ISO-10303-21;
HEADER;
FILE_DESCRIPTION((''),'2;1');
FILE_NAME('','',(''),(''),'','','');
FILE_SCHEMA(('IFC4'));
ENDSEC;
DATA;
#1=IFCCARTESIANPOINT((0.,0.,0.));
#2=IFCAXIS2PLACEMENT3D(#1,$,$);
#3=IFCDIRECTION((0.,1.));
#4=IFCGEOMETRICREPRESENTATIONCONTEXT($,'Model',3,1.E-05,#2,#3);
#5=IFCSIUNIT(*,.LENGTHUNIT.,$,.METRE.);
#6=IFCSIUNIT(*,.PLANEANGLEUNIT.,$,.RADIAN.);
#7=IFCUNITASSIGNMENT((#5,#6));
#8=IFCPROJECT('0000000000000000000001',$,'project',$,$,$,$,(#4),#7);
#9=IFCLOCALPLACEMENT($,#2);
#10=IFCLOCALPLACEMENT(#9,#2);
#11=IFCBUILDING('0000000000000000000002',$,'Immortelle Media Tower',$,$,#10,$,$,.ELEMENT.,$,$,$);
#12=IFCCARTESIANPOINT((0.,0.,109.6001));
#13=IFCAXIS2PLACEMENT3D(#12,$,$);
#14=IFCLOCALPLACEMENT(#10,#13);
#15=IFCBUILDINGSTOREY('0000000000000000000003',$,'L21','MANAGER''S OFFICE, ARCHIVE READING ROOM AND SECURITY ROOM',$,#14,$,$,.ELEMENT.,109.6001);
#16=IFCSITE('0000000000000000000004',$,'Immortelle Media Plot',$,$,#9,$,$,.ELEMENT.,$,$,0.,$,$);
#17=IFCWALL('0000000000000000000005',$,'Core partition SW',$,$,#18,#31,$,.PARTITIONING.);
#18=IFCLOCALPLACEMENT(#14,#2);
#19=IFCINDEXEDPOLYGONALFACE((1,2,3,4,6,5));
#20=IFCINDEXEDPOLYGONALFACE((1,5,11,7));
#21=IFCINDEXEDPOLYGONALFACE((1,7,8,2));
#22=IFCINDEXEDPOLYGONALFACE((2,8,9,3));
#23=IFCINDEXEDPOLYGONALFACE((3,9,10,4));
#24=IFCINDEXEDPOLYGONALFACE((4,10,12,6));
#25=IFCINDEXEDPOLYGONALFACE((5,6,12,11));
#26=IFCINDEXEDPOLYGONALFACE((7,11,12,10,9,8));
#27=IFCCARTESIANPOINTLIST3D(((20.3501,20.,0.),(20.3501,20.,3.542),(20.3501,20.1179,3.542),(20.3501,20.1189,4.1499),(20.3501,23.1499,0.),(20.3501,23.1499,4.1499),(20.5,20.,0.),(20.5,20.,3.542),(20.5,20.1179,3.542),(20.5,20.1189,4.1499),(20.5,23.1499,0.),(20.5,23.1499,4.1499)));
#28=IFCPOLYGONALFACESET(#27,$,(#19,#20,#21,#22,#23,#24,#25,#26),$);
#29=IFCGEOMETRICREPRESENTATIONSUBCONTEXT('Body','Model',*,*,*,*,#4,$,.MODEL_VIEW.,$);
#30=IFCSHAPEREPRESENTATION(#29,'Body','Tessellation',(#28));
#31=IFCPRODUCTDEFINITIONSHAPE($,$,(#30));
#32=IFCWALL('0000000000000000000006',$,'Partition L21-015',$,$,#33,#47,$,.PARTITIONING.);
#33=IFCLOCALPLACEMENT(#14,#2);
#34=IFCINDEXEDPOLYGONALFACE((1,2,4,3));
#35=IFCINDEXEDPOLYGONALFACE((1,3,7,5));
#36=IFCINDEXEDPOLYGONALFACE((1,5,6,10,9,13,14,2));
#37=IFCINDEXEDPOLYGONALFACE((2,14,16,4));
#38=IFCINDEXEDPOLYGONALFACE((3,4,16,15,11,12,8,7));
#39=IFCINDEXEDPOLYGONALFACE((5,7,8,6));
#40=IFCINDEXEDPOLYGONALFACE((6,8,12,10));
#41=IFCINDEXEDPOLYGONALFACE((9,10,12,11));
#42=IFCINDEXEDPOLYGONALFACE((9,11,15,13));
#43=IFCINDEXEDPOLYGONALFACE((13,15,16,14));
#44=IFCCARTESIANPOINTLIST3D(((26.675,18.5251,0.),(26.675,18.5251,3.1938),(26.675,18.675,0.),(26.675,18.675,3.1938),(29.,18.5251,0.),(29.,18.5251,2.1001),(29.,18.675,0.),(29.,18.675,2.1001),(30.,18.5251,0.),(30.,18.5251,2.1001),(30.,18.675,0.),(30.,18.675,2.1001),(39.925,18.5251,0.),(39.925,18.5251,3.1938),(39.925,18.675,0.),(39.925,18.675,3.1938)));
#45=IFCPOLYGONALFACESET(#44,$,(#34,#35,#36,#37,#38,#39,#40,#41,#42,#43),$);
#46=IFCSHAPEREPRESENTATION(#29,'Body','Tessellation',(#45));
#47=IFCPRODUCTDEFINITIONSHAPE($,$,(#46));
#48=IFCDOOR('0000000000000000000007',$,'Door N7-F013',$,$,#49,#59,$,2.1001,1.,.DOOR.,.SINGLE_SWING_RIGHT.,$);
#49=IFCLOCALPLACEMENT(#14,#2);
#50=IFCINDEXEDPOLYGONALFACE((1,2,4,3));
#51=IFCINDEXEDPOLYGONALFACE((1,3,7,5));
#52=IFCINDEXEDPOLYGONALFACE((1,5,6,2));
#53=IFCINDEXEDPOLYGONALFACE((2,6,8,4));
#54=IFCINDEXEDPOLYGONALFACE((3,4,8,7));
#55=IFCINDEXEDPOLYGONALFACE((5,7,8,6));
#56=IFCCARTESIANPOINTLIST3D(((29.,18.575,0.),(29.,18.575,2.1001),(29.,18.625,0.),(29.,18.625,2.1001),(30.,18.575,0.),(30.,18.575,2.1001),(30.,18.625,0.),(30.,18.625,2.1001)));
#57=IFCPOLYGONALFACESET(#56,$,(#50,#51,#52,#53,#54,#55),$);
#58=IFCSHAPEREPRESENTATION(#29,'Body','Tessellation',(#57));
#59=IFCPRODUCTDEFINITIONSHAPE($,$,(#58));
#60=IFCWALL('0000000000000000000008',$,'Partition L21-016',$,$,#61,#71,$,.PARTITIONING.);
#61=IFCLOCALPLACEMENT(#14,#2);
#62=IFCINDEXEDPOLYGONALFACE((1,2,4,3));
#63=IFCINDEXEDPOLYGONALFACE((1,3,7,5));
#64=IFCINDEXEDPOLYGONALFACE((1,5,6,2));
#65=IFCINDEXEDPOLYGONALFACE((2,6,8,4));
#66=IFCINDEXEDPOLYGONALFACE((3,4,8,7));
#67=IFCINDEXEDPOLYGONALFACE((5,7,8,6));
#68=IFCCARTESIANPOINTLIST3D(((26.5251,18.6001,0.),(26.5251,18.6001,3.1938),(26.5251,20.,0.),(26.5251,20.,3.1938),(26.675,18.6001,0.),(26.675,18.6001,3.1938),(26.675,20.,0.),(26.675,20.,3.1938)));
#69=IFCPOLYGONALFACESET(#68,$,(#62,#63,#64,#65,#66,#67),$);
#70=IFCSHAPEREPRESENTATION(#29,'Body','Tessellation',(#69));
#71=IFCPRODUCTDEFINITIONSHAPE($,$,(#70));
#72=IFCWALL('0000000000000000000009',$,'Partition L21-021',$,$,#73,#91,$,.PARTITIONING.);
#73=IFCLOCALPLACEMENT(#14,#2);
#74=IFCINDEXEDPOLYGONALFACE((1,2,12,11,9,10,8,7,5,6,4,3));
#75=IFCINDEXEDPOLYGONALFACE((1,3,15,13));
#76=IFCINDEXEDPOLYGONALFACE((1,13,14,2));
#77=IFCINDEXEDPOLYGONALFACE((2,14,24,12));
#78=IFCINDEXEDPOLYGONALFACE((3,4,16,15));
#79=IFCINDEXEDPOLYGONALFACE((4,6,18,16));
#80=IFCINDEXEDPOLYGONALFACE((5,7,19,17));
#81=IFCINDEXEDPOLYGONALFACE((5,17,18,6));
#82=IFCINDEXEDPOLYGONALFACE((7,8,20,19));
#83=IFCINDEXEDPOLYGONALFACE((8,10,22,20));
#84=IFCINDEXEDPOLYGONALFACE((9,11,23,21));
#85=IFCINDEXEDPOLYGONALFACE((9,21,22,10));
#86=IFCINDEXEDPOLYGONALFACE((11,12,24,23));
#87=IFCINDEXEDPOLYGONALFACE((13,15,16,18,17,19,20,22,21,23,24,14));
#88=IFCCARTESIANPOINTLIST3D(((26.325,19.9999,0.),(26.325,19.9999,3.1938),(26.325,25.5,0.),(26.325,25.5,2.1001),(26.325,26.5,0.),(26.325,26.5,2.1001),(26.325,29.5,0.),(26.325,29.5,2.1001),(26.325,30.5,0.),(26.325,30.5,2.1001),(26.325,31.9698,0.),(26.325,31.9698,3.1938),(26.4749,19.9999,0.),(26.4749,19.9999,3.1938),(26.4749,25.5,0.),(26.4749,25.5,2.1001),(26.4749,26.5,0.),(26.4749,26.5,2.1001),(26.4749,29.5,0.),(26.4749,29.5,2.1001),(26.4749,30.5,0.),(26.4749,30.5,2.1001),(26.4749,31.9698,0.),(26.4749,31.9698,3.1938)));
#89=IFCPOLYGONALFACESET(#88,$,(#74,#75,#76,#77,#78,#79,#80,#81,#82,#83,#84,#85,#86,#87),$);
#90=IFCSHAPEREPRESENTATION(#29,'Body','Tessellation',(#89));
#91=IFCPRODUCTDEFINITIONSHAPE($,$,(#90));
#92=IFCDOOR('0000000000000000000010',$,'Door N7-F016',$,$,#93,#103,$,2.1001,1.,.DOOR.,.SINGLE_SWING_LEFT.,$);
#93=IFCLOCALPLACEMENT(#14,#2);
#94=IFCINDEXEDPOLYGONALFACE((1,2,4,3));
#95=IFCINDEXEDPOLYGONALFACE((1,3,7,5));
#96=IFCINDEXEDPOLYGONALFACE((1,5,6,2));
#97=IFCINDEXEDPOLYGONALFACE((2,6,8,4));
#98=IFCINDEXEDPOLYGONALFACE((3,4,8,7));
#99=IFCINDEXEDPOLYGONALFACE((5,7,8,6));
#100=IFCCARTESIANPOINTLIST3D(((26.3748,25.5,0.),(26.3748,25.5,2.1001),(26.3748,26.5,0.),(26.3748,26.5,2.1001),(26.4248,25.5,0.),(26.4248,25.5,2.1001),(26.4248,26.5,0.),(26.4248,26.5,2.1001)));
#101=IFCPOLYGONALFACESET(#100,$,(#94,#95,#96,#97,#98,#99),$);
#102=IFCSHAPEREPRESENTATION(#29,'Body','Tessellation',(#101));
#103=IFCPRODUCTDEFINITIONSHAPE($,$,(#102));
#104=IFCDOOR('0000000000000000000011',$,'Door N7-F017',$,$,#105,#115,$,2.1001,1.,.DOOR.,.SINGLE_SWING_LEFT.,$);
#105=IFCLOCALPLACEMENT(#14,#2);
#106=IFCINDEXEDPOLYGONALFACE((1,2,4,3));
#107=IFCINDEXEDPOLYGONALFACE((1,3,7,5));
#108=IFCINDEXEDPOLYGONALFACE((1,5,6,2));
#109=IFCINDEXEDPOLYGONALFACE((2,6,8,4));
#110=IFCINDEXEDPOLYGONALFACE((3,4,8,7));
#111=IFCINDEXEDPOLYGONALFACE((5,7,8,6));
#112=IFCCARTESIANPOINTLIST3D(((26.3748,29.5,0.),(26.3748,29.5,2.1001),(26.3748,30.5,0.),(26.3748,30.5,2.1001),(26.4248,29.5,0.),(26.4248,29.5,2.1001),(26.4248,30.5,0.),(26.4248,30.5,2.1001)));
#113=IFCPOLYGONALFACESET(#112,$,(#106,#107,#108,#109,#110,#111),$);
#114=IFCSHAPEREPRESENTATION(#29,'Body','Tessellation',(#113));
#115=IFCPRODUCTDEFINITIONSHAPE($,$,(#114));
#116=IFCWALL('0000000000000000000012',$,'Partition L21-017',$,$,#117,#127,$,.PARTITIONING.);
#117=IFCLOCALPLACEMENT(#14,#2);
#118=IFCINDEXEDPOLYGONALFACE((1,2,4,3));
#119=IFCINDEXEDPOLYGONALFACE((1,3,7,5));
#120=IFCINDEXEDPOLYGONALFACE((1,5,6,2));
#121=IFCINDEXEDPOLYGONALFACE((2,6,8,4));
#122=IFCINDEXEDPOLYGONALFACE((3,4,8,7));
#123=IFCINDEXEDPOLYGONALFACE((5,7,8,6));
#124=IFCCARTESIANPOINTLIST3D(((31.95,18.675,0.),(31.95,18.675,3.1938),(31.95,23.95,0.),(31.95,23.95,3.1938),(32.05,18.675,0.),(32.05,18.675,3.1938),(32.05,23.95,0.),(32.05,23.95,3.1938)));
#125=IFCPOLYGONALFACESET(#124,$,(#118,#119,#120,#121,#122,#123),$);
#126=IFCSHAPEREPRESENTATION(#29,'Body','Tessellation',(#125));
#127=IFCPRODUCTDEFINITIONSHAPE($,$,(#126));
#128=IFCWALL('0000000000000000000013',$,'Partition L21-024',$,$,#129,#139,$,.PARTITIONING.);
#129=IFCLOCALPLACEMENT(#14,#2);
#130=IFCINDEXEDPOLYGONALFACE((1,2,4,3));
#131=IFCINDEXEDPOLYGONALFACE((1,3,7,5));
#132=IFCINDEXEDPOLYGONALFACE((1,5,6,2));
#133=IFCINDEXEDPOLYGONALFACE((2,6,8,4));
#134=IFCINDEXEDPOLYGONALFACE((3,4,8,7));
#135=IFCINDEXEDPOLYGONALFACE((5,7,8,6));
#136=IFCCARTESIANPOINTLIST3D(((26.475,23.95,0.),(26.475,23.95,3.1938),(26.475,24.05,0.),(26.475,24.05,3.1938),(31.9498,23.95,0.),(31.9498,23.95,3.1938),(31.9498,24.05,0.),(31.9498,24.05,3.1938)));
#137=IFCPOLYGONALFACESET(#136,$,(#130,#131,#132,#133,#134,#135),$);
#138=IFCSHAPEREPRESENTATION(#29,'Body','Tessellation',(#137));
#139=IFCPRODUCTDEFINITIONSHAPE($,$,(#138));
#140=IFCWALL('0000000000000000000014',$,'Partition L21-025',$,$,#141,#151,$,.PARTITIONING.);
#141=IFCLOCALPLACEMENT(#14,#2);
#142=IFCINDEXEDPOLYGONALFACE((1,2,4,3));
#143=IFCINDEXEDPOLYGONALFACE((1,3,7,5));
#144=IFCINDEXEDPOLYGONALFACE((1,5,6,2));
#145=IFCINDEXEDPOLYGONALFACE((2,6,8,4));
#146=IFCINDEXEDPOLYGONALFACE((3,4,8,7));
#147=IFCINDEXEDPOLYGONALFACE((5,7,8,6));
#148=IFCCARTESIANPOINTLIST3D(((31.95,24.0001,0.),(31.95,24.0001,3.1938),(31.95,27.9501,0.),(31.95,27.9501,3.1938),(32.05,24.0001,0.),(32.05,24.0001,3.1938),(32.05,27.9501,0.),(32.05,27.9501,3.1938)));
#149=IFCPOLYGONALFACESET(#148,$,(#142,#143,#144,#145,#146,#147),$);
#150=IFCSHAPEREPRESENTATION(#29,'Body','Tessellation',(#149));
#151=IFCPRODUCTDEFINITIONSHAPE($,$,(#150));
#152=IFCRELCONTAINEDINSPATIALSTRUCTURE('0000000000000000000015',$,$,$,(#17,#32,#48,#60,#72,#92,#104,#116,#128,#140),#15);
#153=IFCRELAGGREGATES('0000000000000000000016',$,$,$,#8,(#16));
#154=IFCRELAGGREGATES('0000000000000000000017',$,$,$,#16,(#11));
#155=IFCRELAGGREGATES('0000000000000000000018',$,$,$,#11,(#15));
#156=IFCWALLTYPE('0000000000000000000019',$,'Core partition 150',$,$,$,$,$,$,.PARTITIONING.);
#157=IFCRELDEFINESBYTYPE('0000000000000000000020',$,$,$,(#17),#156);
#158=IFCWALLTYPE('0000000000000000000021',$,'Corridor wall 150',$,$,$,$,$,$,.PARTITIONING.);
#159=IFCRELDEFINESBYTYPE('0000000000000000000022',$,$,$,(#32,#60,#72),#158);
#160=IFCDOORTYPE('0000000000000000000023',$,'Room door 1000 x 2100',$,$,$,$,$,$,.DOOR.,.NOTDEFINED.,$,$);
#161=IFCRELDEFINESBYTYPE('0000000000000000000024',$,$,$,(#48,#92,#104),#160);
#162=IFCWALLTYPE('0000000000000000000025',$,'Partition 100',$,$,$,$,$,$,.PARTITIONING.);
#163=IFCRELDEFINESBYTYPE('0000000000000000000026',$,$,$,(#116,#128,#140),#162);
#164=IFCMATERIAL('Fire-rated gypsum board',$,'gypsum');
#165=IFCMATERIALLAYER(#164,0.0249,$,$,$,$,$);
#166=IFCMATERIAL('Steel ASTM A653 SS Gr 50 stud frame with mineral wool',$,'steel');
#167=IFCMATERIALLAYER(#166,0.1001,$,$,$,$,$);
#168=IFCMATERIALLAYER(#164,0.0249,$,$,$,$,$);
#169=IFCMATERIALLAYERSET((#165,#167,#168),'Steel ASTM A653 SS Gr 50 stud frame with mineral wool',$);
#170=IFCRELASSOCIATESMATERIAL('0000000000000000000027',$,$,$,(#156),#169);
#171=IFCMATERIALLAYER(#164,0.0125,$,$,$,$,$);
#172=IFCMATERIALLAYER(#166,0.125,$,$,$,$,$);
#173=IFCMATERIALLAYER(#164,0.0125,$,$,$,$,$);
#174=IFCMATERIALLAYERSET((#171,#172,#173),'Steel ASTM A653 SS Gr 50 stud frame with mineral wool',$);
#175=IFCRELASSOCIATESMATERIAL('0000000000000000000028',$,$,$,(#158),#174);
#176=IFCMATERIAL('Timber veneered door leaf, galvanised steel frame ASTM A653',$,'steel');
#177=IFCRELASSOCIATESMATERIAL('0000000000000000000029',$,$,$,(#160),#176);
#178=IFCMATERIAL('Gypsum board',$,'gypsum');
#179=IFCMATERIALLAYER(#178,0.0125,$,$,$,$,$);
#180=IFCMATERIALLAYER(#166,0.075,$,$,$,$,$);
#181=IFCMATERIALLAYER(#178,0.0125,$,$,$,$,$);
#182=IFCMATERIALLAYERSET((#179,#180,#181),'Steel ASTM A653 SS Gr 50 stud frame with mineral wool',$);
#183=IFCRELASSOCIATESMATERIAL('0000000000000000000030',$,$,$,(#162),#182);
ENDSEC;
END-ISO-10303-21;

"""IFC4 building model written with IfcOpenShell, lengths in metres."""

from ifc_helpers import new_model, si_unit, direction, frame, frame_2d, origin, place, context, subcontext, project, spatial, polyline, rectangle, outline, extrude, material, layer, layer_set, type_object, element, fill, save


model = new_model("IFC4")

# Units and contexts
model_context = context("Model", 3, precision=1e-05, world=origin(), true_north=direction((0.0, 1.0)))
body_context = subcontext(model_context, "Body", "Model", "MODEL_VIEW")
ifc_project = project(units=[si_unit("LENGTHUNIT", "METRE"), si_unit("PLANEANGLEUNIT", "RADIAN")], contexts=[model_context])

# Site, building, storey
site_placement = place(None, origin())
site = spatial("IfcSite", under=ifc_project, at=site_placement, Name="Immortelle Media Plot", CompositionType="ELEMENT", RefElevation=0.0)
building_placement = place(site_placement, origin())
building = spatial("IfcBuilding", under=site, at=building_placement, Name="Immortelle Media Tower", CompositionType="ELEMENT")
storey_placement = place(building_placement, frame((0.0, 0.0, 109.6001)))
storey = spatial("IfcBuildingStorey", under=building, at=storey_placement, Name="L21", Description="MANAGER'S OFFICE, ARCHIVE READING ROOM AND SECURITY ROOM", CompositionType="ELEMENT", Elevation=109.6001)

# Wall
ifc_material_1 = material(Name="Fire-rated gypsum board", Category="gypsum")
ifc_layer_1 = layer(ifc_material_1, 0.0249)
ifc_material_2 = material(Name="Steel ASTM A653 SS Gr 50 stud frame with mineral wool", Category="steel")
ifc_layer_2 = layer(ifc_material_2, 0.1001)
ifc_layer_3 = layer(ifc_material_1, 0.0249)
ifc_layer_set_1 = layer_set([ifc_layer_1, ifc_layer_2, ifc_layer_3], Name="Steel ASTM A653 SS Gr 50 stud frame with mineral wool")
wall_type_1 = type_object("IfcWallType", Name="Core partition 150", PredefinedType="PARTITIONING", material=ifc_layer_set_1)
wall_1_placement = place(storey_placement, frame((20.425, 20.0, 0.0), z_axis=(0.0, 0.0, 1.0), x_axis=(0.0, 1.0, 0.0)))
element("IfcWall", 1, at=wall_1_placement, inside=storey, type_object=wall_type_1, Name="Core partition SW", PredefinedType="PARTITIONING", context=body_context, shape_type="SweptSolid", body=[
    extrude(outline(polyline([(0.0, 0.0), (3.1499, 0.0), (3.1499, 4.1499), (0.1189, 4.1499), (0.1179, 3.542), (0.0, 3.542), (0.0, 0.0)])), frame((0.0, 0.075, 0.0), z_axis=(0.0, -1.0, 0.0), x_axis=(1.0, 0.0, 0.0)), (0.0, 0.0, 1.0), 0.1499),
])

# Wall, opening, door
ifc_layer_4 = layer(ifc_material_1, 0.0125)
ifc_layer_5 = layer(ifc_material_2, 0.125)
ifc_layer_6 = layer(ifc_material_1, 0.0125)
ifc_layer_set_2 = layer_set([ifc_layer_4, ifc_layer_5, ifc_layer_6], Name="Steel ASTM A653 SS Gr 50 stud frame with mineral wool")
wall_type_2 = type_object("IfcWallType", Name="Corridor wall 150", PredefinedType="PARTITIONING", material=ifc_layer_set_2)
wall_2_placement = place(storey_placement, frame((26.675, 18.6001, 0.0), z_axis=(0.0, 0.0, 1.0), x_axis=(1.0, 0.0, 0.0)))
wall_2 = element("IfcWall", 2, at=wall_2_placement, inside=storey, type_object=wall_type_2, Name="Partition L21-015", PredefinedType="PARTITIONING", context=body_context, shape_type="SweptSolid", body=[
    extrude(rectangle(XDim=13.25, YDim=0.1499, at=frame_2d((6.625, 0.0))), origin(), (0.0, 0.0, 1.0), 3.1938),
])
opening_1_placement = place(wall_2_placement, frame((2.325, 0.0, 0.0)))
opening_1 = element("IfcOpeningElement", 3, at=opening_1_placement, cuts=wall_2, PredefinedType="OPENING", context=body_context, shape_type="SweptSolid", body=[
    extrude(rectangle(XDim=1.0, YDim=2.1001, at=frame_2d((0.5, 1.05))), frame((0.0, 0.085, 0.0), z_axis=(0.0, -1.0, 0.0), x_axis=(1.0, 0.0, 0.0)), (0.0, 0.0, 1.0), 0.1699),
])
ifc_material_3 = material(Name="Timber veneered door leaf, galvanised steel frame ASTM A653", Category="steel")
door_type = type_object("IfcDoorType", Name="Room door 1000 x 2100", OperationType="NOTDEFINED", PredefinedType="DOOR", material=ifc_material_3)
door_1_placement = place(opening_1_placement, origin())
door_1 = element("IfcDoor", 4, at=door_1_placement, inside=storey, type_object=door_type, Name="Door N7-F013", OperationType="SINGLE_SWING_RIGHT", OverallHeight=2.1001, OverallWidth=1.0, PredefinedType="DOOR", context=body_context, shape_type="SweptSolid", body=[
    extrude(rectangle(XDim=1.0, YDim=2.1001, at=frame_2d((0.5, 1.05))), frame((0.0, 0.0249, 0.0), z_axis=(0.0, -1.0, 0.0), x_axis=(1.0, 0.0, 0.0)), (0.0, 0.0, 1.0), 0.05),
])
fill(opening_1, door_1)

# Wall
wall_3_placement = place(storey_placement, frame((26.6001, 18.6001, 0.0), z_axis=(0.0, 0.0, 1.0), x_axis=(0.0, 1.0, 0.0)))
element("IfcWall", 5, at=wall_3_placement, inside=storey, type_object=wall_type_2, Name="Partition L21-016", PredefinedType="PARTITIONING", context=body_context, shape_type="SweptSolid", body=[
    extrude(rectangle(XDim=1.3999, YDim=0.1499, at=frame_2d((0.7, 0.0))), origin(), (0.0, 0.0, 1.0), 3.1938),
])

# Wall, openings, doors
wall_4_placement = place(storey_placement, frame((26.3999, 20.0, 0.0), z_axis=(0.0, 0.0, 1.0), x_axis=(0.0, 1.0, 0.0)))
wall_4 = element("IfcWall", 6, at=wall_4_placement, inside=storey, type_object=wall_type_2, Name="Partition L21-021", PredefinedType="PARTITIONING", context=body_context, shape_type="SweptSolid", body=[
    extrude(rectangle(XDim=11.97, YDim=0.1499, at=frame_2d((5.9849, 0.0))), origin(), (0.0, 0.0, 1.0), 3.1938),
])
opening_2_placement = place(wall_4_placement, frame((6.5, 0.0, 0.0), z_axis=(0.0, 0.0, 1.0), x_axis=(-1.0, 0.0, 0.0)))
opening_2 = element("IfcOpeningElement", 7, at=opening_2_placement, cuts=wall_4, PredefinedType="OPENING", context=body_context, shape_type="SweptSolid", body=[
    extrude(rectangle(XDim=1.0, YDim=2.1001, at=frame_2d((0.5, 1.05))), frame((0.0, 0.085, 0.0), z_axis=(0.0, -1.0, 0.0), x_axis=(1.0, 0.0, 0.0)), (0.0, 0.0, 1.0), 0.1699),
])
opening_3_placement = place(wall_4_placement, frame((10.5, 0.0, 0.0), z_axis=(0.0, 0.0, 1.0), x_axis=(-1.0, 0.0, 0.0)))
opening_3 = element("IfcOpeningElement", 8, at=opening_3_placement, cuts=wall_4, PredefinedType="OPENING", context=body_context, shape_type="SweptSolid", body=[
    extrude(rectangle(XDim=1.0, YDim=2.1001, at=frame_2d((0.5, 1.05))), frame((0.0, 0.085, 0.0), z_axis=(0.0, -1.0, 0.0), x_axis=(1.0, 0.0, 0.0)), (0.0, 0.0, 1.0), 0.1699),
])
door_2_placement = place(opening_2_placement, origin())
door_2 = element("IfcDoor", 9, at=door_2_placement, inside=storey, type_object=door_type, Name="Door N7-F016", OperationType="SINGLE_SWING_LEFT", OverallHeight=2.1001, OverallWidth=1.0, PredefinedType="DOOR", context=body_context, shape_type="SweptSolid", body=[
    extrude(rectangle(XDim=1.0, YDim=2.1001, at=frame_2d((0.5, 1.05))), frame((0.0, 0.0249, 0.0), z_axis=(0.0, -1.0, 0.0), x_axis=(1.0, 0.0, 0.0)), (0.0, 0.0, 1.0), 0.05),
])
fill(opening_2, door_2)
door_3_placement = place(opening_3_placement, origin())
door_3 = element("IfcDoor", 10, at=door_3_placement, inside=storey, type_object=door_type, Name="Door N7-F017", OperationType="SINGLE_SWING_LEFT", OverallHeight=2.1001, OverallWidth=1.0, PredefinedType="DOOR", context=body_context, shape_type="SweptSolid", body=[
    extrude(rectangle(XDim=1.0, YDim=2.1001, at=frame_2d((0.5, 1.05))), frame((0.0, 0.0249, 0.0), z_axis=(0.0, -1.0, 0.0), x_axis=(1.0, 0.0, 0.0)), (0.0, 0.0, 1.0), 0.05),
])
fill(opening_3, door_3)

# Walls
ifc_material_4 = material(Name="Gypsum board", Category="gypsum")
ifc_layer_7 = layer(ifc_material_4, 0.0125)
ifc_layer_8 = layer(ifc_material_2, 0.075)
ifc_layer_9 = layer(ifc_material_4, 0.0125)
ifc_layer_set_3 = layer_set([ifc_layer_7, ifc_layer_8, ifc_layer_9], Name="Steel ASTM A653 SS Gr 50 stud frame with mineral wool")
wall_type_3 = type_object("IfcWallType", Name="Partition 100", PredefinedType="PARTITIONING", material=ifc_layer_set_3)
wall_5_placement = place(storey_placement, frame((32.0, 18.675, 0.0), z_axis=(0.0, 0.0, 1.0), x_axis=(0.0, 1.0, 0.0)))
element("IfcWall", 11, at=wall_5_placement, inside=storey, type_object=wall_type_3, Name="Partition L21-017", PredefinedType="PARTITIONING", context=body_context, shape_type="SweptSolid", body=[
    extrude(rectangle(XDim=5.2749, YDim=0.1001, at=frame_2d((2.6375, 0.0))), origin(), (0.0, 0.0, 1.0), 3.1938),
])
wall_6_placement = place(storey_placement, frame((26.4751, 24.0, 0.0), z_axis=(0.0, 0.0, 1.0), x_axis=(1.0, 0.0, 0.0)))
element("IfcWall", 12, at=wall_6_placement, inside=storey, type_object=wall_type_3, Name="Partition L21-024", PredefinedType="PARTITIONING", context=body_context, shape_type="SweptSolid", body=[
    extrude(rectangle(XDim=5.4749, YDim=0.1001, at=frame_2d((2.7373, 0.0))), origin(), (0.0, 0.0, 1.0), 3.1938),
])
wall_7_placement = place(storey_placement, frame((32.0, 24.0, 0.0), z_axis=(0.0, 0.0, 1.0), x_axis=(0.0, 1.0, 0.0)))
element("IfcWall", 13, at=wall_7_placement, inside=storey, type_object=wall_type_3, Name="Partition L21-025", PredefinedType="PARTITIONING", context=body_context, shape_type="SweptSolid", body=[
    extrude(rectangle(XDim=3.95, YDim=0.1001, at=frame_2d((1.9751, 0.0))), origin(), (0.0, 0.0, 1.0), 3.1938),
])

save(model, "model.ifc")
